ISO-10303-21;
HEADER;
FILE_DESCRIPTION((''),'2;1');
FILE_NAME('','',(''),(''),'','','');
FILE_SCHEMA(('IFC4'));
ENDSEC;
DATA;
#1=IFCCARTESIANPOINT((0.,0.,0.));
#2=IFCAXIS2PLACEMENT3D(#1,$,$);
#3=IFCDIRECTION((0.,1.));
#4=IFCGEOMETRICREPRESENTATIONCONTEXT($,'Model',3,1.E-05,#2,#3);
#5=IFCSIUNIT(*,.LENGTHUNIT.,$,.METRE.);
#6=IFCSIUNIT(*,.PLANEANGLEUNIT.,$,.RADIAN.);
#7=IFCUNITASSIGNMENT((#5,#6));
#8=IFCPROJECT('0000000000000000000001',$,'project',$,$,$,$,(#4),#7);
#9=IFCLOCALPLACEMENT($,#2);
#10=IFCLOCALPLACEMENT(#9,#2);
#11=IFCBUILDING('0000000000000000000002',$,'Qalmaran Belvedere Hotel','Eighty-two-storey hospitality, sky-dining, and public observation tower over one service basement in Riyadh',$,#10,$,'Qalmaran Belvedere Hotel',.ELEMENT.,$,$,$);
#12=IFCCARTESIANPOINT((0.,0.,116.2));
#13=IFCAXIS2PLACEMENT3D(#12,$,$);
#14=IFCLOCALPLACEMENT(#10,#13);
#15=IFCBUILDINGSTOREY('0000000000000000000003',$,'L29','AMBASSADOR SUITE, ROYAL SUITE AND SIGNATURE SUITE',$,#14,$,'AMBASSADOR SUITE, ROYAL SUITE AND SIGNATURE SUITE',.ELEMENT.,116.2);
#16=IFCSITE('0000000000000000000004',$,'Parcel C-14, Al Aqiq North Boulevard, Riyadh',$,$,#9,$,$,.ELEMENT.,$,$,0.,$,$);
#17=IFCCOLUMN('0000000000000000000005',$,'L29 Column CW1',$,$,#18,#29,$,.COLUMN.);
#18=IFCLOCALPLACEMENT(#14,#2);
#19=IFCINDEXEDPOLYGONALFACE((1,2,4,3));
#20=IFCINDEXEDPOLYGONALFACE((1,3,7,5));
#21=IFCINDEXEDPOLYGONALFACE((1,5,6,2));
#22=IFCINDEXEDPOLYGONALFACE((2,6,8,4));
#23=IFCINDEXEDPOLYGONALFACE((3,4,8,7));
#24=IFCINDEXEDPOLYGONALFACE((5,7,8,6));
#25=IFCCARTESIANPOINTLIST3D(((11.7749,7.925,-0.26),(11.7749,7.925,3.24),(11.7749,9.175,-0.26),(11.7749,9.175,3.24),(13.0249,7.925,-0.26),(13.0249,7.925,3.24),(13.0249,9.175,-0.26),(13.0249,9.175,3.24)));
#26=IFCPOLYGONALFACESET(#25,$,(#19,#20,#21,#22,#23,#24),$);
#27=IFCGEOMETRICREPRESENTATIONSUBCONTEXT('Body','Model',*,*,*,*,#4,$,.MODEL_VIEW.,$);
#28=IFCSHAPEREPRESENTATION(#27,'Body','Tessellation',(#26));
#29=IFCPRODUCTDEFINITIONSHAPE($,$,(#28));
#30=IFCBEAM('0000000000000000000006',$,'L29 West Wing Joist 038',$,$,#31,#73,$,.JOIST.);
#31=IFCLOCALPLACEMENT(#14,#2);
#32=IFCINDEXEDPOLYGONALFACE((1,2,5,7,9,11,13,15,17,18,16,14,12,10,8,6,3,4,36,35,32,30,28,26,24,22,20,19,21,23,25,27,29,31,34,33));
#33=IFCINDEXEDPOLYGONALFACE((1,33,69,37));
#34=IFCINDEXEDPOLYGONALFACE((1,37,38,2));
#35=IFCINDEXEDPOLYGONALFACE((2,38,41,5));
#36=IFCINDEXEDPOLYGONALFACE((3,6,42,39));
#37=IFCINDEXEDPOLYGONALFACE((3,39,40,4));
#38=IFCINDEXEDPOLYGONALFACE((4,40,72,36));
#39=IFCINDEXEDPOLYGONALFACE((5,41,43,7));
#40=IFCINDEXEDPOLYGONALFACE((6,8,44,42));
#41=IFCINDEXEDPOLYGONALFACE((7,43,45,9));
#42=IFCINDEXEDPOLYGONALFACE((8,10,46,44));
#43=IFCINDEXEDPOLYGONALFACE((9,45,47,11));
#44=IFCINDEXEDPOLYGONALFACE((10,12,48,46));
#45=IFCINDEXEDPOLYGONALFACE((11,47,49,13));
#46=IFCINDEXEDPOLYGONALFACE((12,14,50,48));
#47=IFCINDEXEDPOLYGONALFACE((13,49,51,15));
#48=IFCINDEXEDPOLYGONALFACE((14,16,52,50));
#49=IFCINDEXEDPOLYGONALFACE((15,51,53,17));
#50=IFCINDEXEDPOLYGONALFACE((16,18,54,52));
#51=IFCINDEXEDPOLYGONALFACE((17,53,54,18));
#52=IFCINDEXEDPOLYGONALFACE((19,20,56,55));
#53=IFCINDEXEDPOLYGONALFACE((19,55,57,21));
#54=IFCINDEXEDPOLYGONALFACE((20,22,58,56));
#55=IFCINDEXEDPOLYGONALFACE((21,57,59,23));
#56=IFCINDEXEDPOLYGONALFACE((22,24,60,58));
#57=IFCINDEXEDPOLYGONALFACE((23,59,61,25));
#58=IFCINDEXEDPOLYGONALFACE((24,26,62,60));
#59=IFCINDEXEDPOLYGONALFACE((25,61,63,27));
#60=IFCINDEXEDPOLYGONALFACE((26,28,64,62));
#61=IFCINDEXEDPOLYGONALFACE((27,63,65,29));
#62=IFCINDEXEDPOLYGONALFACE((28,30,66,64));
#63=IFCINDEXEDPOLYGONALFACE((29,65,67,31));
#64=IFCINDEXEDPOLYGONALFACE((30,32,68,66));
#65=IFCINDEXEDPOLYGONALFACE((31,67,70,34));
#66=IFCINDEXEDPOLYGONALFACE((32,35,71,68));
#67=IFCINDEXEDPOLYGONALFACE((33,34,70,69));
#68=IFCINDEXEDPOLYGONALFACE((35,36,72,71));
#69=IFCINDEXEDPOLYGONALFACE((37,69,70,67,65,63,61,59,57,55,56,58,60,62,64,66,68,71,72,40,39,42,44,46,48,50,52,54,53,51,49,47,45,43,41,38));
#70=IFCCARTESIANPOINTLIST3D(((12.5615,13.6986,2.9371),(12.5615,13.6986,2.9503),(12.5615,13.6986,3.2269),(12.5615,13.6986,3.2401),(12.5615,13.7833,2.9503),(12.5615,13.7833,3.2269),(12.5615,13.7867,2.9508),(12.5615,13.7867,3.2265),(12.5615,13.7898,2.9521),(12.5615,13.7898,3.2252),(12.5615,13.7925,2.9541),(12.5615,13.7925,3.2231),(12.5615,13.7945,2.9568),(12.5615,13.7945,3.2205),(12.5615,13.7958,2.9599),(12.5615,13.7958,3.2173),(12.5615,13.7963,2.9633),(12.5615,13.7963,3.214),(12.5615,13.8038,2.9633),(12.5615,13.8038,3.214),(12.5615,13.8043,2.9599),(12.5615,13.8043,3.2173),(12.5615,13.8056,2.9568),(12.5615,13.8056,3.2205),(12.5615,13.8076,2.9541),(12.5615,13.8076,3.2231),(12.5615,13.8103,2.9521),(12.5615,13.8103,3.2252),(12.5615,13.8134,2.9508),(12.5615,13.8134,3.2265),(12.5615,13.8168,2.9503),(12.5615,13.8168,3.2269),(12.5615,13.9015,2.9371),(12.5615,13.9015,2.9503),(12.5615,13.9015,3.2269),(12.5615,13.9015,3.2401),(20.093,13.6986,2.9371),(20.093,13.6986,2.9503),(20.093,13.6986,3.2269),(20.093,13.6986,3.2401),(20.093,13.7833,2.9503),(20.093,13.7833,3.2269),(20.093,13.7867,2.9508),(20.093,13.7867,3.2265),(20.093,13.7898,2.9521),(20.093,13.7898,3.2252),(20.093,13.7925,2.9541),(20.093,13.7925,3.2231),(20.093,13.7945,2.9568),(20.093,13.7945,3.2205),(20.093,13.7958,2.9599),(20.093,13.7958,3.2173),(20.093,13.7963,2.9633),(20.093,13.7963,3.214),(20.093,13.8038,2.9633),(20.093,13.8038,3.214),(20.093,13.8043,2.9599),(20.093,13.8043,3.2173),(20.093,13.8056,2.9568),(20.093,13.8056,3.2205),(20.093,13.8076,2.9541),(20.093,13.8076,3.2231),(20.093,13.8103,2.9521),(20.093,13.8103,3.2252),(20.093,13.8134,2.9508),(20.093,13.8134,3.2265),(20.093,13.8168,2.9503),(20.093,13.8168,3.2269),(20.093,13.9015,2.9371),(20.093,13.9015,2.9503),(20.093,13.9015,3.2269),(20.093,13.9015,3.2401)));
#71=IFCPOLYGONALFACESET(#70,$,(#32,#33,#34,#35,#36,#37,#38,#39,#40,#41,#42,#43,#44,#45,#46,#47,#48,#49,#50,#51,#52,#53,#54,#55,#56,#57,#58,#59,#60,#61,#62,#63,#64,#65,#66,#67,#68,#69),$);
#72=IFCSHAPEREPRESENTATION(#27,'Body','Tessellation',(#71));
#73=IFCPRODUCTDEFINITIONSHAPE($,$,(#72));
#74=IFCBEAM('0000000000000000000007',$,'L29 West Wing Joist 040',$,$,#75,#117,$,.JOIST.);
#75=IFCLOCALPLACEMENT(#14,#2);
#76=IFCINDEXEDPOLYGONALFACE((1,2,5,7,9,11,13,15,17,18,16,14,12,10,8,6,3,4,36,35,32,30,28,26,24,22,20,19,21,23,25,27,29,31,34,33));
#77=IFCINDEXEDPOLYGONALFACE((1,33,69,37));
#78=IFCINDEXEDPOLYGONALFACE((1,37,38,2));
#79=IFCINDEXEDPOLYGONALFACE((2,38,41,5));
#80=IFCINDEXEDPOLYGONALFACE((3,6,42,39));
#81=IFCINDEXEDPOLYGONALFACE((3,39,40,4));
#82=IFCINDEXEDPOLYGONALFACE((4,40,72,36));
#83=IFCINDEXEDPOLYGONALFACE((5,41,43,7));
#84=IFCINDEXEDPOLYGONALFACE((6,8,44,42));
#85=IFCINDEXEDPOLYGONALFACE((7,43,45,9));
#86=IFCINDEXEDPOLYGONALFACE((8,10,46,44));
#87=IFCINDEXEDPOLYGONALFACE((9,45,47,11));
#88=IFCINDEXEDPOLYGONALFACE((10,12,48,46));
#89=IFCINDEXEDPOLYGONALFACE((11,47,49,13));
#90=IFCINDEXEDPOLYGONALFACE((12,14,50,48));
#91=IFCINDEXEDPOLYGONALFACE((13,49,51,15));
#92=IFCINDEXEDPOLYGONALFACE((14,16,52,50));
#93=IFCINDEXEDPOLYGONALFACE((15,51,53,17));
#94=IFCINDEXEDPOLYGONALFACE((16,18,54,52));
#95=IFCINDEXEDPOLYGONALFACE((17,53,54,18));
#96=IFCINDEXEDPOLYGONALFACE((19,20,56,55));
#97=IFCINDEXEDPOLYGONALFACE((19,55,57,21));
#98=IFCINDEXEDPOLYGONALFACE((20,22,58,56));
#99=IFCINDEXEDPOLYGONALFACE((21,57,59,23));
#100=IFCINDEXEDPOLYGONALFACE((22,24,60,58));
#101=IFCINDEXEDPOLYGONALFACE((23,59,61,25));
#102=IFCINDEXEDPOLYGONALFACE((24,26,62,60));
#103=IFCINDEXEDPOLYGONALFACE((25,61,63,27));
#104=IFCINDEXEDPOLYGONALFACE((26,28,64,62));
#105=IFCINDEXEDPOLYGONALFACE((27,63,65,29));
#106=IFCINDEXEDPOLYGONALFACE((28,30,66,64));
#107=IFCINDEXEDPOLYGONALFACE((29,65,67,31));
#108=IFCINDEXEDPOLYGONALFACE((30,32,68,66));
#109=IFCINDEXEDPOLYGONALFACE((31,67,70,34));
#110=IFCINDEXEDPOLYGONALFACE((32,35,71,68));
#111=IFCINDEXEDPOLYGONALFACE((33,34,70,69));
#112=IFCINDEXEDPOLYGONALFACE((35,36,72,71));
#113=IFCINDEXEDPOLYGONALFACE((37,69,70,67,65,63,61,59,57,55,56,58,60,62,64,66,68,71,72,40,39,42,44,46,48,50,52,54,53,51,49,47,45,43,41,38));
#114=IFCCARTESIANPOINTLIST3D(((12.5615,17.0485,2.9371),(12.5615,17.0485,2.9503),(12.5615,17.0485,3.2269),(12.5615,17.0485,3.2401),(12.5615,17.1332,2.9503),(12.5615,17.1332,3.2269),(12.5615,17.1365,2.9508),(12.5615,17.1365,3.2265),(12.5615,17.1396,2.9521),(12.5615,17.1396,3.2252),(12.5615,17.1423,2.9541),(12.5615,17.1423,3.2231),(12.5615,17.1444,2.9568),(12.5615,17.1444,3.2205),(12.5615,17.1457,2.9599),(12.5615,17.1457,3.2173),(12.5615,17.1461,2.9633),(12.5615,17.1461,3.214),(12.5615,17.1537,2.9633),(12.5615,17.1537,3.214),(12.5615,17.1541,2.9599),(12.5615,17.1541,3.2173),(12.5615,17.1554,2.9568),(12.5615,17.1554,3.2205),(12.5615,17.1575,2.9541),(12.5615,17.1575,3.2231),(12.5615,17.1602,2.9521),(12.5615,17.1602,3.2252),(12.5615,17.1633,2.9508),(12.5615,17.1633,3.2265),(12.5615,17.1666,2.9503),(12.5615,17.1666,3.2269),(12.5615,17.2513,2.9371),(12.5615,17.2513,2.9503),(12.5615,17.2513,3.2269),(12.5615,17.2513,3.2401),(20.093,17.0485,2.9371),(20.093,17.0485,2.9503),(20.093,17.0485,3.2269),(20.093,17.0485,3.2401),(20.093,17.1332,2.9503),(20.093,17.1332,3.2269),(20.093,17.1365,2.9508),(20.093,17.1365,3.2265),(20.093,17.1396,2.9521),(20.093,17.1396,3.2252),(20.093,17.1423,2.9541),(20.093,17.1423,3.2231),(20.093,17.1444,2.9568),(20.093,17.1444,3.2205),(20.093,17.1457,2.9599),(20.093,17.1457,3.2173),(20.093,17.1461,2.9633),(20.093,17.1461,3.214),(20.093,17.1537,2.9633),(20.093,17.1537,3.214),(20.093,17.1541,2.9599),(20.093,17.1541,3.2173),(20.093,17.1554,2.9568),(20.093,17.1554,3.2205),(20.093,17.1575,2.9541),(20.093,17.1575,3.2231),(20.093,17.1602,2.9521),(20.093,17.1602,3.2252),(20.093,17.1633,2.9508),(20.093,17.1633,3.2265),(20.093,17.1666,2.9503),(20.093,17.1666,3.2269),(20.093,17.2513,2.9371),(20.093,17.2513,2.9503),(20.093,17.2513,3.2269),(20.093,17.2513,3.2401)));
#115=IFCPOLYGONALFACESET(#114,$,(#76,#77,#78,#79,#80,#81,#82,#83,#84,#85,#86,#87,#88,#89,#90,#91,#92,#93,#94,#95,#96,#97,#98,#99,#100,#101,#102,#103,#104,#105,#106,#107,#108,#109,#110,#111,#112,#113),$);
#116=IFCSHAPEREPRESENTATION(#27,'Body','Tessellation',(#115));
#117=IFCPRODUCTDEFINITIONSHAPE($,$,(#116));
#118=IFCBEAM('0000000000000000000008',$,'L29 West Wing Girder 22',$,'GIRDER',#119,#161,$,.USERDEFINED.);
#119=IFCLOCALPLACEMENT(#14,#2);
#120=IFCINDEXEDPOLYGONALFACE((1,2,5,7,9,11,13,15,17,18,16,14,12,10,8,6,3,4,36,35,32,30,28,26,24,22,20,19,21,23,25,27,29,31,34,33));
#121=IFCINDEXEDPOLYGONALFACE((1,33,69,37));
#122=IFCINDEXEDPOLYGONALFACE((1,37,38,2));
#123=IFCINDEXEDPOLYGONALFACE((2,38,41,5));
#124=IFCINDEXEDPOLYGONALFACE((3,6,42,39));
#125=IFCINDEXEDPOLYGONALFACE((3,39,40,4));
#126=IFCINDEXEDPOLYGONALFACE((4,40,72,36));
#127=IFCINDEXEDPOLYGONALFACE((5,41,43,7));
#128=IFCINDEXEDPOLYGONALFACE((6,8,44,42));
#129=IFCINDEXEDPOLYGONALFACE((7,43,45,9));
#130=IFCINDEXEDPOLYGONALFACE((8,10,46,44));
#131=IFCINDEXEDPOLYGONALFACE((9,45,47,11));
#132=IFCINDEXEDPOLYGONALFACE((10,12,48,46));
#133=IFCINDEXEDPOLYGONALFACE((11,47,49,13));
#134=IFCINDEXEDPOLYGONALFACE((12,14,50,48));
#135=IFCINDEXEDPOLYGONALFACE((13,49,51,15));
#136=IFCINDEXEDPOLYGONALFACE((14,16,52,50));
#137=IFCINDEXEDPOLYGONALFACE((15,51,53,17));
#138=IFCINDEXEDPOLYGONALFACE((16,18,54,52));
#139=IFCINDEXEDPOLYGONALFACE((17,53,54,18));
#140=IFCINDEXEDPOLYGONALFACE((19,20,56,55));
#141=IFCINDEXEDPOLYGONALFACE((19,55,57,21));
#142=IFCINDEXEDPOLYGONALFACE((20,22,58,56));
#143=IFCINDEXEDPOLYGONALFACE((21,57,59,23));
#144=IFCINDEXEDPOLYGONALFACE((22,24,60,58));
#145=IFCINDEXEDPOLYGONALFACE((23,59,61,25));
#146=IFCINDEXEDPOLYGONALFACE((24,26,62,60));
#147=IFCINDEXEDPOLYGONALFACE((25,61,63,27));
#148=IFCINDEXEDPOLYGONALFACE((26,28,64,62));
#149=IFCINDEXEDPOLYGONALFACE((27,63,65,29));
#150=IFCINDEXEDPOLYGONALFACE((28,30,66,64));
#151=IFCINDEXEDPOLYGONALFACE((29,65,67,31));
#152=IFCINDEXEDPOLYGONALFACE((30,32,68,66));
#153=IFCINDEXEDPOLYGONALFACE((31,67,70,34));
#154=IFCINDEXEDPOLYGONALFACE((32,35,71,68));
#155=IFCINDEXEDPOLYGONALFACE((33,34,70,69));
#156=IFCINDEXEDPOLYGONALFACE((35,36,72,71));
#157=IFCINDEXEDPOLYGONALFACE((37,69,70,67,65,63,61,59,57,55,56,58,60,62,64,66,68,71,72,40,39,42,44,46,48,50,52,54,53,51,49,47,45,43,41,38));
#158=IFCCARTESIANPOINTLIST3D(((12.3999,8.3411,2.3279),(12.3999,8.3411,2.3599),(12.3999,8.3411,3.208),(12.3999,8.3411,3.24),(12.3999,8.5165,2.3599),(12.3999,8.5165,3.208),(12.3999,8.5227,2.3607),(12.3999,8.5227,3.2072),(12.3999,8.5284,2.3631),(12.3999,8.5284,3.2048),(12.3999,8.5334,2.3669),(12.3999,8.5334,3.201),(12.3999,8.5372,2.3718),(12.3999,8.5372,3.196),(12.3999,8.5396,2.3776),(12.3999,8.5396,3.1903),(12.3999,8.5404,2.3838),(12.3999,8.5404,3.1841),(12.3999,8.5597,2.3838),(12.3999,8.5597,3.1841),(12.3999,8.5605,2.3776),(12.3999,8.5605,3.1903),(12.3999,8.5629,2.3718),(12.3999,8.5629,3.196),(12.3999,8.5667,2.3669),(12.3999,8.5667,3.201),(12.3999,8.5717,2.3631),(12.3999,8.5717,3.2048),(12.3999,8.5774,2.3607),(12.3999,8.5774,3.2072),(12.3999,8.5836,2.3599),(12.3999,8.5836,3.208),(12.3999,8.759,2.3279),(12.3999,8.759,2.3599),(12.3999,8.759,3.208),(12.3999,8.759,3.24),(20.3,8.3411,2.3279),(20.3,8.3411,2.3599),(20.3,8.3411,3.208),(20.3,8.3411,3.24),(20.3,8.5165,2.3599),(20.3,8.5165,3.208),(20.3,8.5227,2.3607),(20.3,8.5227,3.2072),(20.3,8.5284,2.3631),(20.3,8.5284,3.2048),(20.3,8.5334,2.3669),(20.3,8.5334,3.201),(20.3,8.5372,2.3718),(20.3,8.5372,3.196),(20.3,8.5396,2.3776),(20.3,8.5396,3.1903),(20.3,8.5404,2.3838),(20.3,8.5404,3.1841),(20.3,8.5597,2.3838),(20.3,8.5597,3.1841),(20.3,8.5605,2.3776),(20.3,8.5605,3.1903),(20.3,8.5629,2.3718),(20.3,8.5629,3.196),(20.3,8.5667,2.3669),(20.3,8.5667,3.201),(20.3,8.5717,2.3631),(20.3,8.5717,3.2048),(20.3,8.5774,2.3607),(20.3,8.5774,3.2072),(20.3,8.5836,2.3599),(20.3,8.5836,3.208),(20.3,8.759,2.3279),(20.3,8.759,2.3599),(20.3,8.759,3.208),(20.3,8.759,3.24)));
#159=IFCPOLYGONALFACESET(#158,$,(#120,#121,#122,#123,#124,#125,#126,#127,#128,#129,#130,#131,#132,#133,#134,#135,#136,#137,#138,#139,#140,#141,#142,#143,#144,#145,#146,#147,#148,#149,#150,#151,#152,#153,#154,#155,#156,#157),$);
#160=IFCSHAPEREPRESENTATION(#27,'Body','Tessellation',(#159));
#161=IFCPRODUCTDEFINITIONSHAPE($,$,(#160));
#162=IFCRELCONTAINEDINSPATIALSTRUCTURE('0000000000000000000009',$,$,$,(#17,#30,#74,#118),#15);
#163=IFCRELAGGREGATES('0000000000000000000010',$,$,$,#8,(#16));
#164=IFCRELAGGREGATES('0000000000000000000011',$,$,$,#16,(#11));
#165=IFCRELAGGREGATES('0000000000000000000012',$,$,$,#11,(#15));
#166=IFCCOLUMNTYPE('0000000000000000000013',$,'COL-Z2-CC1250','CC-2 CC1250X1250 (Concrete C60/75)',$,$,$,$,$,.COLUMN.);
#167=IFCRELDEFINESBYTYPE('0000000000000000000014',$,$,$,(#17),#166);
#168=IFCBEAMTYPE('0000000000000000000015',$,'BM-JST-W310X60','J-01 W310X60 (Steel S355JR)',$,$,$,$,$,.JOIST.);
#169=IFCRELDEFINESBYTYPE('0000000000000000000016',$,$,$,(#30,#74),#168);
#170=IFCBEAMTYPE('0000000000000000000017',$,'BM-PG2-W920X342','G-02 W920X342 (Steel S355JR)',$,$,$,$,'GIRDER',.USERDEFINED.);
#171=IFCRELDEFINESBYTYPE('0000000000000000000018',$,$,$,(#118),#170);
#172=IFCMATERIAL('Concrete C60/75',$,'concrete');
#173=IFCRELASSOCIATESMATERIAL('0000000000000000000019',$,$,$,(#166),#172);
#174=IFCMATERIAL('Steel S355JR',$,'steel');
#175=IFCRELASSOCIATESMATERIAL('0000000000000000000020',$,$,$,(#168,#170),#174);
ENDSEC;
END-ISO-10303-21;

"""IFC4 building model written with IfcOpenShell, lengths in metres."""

from ifc_helpers import new_model, si_unit, direction, frame, origin, origin_2d, place, context, subcontext, project, spatial, rectangle, i_section, extrude, material, material_profile, profile_set, type_object, element, save


model = new_model("IFC4")

# Units and contexts
model_context = context("Model", 3, precision=1e-05, world=origin(), true_north=direction((0.0, 1.0)))
body_context = subcontext(model_context, "Body", "Model", "MODEL_VIEW")
ifc_project = project(units=[si_unit("LENGTHUNIT", "METRE"), si_unit("PLANEANGLEUNIT", "RADIAN")], contexts=[model_context])

# Site, building, storey
site_placement = place(None, origin())
site = spatial("IfcSite", under=ifc_project, at=site_placement, Name="Parcel C-14, Al Aqiq North Boulevard, Riyadh", CompositionType="ELEMENT", RefElevation=0.0)
building_placement = place(site_placement, origin())
building = spatial("IfcBuilding", under=site, at=building_placement, Name="Qalmaran Belvedere Hotel", Description="Eighty-two-storey hospitality, sky-dining, and public observation tower over one service basement in Riyadh", LongName="Qalmaran Belvedere Hotel", CompositionType="ELEMENT")
storey_placement = place(building_placement, frame((0.0, 0.0, 116.2)))
storey = spatial("IfcBuildingStorey", under=building, at=storey_placement, Name="L29", Description="AMBASSADOR SUITE, ROYAL SUITE AND SIGNATURE SUITE", LongName="AMBASSADOR SUITE, ROYAL SUITE AND SIGNATURE SUITE", CompositionType="ELEMENT", Elevation=116.2)

# Column
ifc_material_1 = material(Name="Concrete C60/75", Category="concrete")
ifc_material_profile_1 = material_profile(ifc_material_1, rectangle(XDim=1.25, YDim=1.25, at=origin_2d()), Name="CC1250X1250")
ifc_profile_set_1 = profile_set([ifc_material_profile_1], Name="Concrete C60/75")
column_type = type_object("IfcColumnType", Name="COL-Z2-CC1250", Description="CC-2 CC1250X1250 (Concrete C60/75)", PredefinedType="COLUMN", material=ifc_profile_set_1)
column_placement = place(storey_placement, frame((12.3999, 8.55, -0.26), z_axis=(0.0, 0.0, 1.0), x_axis=(1.0, 0.0, 0.0)))
element("IfcColumn", 1, at=column_placement, inside=storey, type_object=column_type, Name="L29 Column CW1", PredefinedType="COLUMN", context=body_context, shape_type="SweptSolid", body=[
    extrude(rectangle(XDim=1.25, YDim=1.25, at=origin_2d()), origin(), (0.0, 0.0, 1.0), 3.5),
])

# Beams
ifc_material_2 = material(Name="Steel S355JR", Category="steel")
ifc_material_profile_2 = material_profile(ifc_material_2, i_section(OverallWidth=0.2029, OverallDepth=0.303, WebThickness=0.0076, FlangeThickness=0.0132, FilletRadius=0.0129, at=origin_2d()), Name="W310X60")
ifc_profile_set_2 = profile_set([ifc_material_profile_2], Name="Steel S355JR")
beam_type_1 = type_object("IfcBeamType", Name="BM-JST-W310X60", Description="J-01 W310X60 (Steel S355JR)", PredefinedType="JOIST", material=ifc_profile_set_2)
for number, where, z_axis, x_axis, name in (
    (2, (12.5615, 13.8, 3.0886), (1.0, 0.0, 0.0), (0.0, 1.0, 0.0), "L29 West Wing Joist 038"),
    (3, (12.5615, 17.1499, 3.0886), (1.0, 0.0, 0.0), (0.0, 1.0, 0.0), "L29 West Wing Joist 040"),
):
    element("IfcBeam", number, at=place(storey_placement, frame(where, z_axis=z_axis, x_axis=x_axis)), inside=storey, type_object=beam_type_1, Name=name, PredefinedType="JOIST", context=body_context, shape_type="SweptSolid", body=[
        extrude(i_section(OverallWidth=0.2029, OverallDepth=0.303, WebThickness=0.0076, FlangeThickness=0.0132, FilletRadius=0.0129, at=origin_2d()), origin(), (0.0, 0.0, 1.0), 7.5315),
    ])
ifc_material_profile_3 = material_profile(ifc_material_2, i_section(OverallWidth=0.418, OverallDepth=0.9121, WebThickness=0.0193, FlangeThickness=0.032, FilletRadius=0.0239, at=origin_2d()), Name="W920X342")
ifc_profile_set_3 = profile_set([ifc_material_profile_3], Name="Steel S355JR")
beam_type_2 = type_object("IfcBeamType", Name="BM-PG2-W920X342", Description="G-02 W920X342 (Steel S355JR)", ElementType="GIRDER", PredefinedType="USERDEFINED", material=ifc_profile_set_3)
beam_1_placement = place(storey_placement, frame((12.3999, 8.55, 2.7839), z_axis=(1.0, 0.0, 0.0), x_axis=(0.0, 1.0, 0.0)))
element("IfcBeam", 4, at=beam_1_placement, inside=storey, type_object=beam_type_2, Name="L29 West Wing Girder 22", ObjectType="GIRDER", PredefinedType="USERDEFINED", context=body_context, shape_type="SweptSolid", body=[
    extrude(i_section(OverallWidth=0.418, OverallDepth=0.9121, WebThickness=0.0193, FlangeThickness=0.032, FilletRadius=0.0239, at=origin_2d()), origin(), (0.0, 0.0, 1.0), 7.9001),
])

save(model, "model.ifc")
